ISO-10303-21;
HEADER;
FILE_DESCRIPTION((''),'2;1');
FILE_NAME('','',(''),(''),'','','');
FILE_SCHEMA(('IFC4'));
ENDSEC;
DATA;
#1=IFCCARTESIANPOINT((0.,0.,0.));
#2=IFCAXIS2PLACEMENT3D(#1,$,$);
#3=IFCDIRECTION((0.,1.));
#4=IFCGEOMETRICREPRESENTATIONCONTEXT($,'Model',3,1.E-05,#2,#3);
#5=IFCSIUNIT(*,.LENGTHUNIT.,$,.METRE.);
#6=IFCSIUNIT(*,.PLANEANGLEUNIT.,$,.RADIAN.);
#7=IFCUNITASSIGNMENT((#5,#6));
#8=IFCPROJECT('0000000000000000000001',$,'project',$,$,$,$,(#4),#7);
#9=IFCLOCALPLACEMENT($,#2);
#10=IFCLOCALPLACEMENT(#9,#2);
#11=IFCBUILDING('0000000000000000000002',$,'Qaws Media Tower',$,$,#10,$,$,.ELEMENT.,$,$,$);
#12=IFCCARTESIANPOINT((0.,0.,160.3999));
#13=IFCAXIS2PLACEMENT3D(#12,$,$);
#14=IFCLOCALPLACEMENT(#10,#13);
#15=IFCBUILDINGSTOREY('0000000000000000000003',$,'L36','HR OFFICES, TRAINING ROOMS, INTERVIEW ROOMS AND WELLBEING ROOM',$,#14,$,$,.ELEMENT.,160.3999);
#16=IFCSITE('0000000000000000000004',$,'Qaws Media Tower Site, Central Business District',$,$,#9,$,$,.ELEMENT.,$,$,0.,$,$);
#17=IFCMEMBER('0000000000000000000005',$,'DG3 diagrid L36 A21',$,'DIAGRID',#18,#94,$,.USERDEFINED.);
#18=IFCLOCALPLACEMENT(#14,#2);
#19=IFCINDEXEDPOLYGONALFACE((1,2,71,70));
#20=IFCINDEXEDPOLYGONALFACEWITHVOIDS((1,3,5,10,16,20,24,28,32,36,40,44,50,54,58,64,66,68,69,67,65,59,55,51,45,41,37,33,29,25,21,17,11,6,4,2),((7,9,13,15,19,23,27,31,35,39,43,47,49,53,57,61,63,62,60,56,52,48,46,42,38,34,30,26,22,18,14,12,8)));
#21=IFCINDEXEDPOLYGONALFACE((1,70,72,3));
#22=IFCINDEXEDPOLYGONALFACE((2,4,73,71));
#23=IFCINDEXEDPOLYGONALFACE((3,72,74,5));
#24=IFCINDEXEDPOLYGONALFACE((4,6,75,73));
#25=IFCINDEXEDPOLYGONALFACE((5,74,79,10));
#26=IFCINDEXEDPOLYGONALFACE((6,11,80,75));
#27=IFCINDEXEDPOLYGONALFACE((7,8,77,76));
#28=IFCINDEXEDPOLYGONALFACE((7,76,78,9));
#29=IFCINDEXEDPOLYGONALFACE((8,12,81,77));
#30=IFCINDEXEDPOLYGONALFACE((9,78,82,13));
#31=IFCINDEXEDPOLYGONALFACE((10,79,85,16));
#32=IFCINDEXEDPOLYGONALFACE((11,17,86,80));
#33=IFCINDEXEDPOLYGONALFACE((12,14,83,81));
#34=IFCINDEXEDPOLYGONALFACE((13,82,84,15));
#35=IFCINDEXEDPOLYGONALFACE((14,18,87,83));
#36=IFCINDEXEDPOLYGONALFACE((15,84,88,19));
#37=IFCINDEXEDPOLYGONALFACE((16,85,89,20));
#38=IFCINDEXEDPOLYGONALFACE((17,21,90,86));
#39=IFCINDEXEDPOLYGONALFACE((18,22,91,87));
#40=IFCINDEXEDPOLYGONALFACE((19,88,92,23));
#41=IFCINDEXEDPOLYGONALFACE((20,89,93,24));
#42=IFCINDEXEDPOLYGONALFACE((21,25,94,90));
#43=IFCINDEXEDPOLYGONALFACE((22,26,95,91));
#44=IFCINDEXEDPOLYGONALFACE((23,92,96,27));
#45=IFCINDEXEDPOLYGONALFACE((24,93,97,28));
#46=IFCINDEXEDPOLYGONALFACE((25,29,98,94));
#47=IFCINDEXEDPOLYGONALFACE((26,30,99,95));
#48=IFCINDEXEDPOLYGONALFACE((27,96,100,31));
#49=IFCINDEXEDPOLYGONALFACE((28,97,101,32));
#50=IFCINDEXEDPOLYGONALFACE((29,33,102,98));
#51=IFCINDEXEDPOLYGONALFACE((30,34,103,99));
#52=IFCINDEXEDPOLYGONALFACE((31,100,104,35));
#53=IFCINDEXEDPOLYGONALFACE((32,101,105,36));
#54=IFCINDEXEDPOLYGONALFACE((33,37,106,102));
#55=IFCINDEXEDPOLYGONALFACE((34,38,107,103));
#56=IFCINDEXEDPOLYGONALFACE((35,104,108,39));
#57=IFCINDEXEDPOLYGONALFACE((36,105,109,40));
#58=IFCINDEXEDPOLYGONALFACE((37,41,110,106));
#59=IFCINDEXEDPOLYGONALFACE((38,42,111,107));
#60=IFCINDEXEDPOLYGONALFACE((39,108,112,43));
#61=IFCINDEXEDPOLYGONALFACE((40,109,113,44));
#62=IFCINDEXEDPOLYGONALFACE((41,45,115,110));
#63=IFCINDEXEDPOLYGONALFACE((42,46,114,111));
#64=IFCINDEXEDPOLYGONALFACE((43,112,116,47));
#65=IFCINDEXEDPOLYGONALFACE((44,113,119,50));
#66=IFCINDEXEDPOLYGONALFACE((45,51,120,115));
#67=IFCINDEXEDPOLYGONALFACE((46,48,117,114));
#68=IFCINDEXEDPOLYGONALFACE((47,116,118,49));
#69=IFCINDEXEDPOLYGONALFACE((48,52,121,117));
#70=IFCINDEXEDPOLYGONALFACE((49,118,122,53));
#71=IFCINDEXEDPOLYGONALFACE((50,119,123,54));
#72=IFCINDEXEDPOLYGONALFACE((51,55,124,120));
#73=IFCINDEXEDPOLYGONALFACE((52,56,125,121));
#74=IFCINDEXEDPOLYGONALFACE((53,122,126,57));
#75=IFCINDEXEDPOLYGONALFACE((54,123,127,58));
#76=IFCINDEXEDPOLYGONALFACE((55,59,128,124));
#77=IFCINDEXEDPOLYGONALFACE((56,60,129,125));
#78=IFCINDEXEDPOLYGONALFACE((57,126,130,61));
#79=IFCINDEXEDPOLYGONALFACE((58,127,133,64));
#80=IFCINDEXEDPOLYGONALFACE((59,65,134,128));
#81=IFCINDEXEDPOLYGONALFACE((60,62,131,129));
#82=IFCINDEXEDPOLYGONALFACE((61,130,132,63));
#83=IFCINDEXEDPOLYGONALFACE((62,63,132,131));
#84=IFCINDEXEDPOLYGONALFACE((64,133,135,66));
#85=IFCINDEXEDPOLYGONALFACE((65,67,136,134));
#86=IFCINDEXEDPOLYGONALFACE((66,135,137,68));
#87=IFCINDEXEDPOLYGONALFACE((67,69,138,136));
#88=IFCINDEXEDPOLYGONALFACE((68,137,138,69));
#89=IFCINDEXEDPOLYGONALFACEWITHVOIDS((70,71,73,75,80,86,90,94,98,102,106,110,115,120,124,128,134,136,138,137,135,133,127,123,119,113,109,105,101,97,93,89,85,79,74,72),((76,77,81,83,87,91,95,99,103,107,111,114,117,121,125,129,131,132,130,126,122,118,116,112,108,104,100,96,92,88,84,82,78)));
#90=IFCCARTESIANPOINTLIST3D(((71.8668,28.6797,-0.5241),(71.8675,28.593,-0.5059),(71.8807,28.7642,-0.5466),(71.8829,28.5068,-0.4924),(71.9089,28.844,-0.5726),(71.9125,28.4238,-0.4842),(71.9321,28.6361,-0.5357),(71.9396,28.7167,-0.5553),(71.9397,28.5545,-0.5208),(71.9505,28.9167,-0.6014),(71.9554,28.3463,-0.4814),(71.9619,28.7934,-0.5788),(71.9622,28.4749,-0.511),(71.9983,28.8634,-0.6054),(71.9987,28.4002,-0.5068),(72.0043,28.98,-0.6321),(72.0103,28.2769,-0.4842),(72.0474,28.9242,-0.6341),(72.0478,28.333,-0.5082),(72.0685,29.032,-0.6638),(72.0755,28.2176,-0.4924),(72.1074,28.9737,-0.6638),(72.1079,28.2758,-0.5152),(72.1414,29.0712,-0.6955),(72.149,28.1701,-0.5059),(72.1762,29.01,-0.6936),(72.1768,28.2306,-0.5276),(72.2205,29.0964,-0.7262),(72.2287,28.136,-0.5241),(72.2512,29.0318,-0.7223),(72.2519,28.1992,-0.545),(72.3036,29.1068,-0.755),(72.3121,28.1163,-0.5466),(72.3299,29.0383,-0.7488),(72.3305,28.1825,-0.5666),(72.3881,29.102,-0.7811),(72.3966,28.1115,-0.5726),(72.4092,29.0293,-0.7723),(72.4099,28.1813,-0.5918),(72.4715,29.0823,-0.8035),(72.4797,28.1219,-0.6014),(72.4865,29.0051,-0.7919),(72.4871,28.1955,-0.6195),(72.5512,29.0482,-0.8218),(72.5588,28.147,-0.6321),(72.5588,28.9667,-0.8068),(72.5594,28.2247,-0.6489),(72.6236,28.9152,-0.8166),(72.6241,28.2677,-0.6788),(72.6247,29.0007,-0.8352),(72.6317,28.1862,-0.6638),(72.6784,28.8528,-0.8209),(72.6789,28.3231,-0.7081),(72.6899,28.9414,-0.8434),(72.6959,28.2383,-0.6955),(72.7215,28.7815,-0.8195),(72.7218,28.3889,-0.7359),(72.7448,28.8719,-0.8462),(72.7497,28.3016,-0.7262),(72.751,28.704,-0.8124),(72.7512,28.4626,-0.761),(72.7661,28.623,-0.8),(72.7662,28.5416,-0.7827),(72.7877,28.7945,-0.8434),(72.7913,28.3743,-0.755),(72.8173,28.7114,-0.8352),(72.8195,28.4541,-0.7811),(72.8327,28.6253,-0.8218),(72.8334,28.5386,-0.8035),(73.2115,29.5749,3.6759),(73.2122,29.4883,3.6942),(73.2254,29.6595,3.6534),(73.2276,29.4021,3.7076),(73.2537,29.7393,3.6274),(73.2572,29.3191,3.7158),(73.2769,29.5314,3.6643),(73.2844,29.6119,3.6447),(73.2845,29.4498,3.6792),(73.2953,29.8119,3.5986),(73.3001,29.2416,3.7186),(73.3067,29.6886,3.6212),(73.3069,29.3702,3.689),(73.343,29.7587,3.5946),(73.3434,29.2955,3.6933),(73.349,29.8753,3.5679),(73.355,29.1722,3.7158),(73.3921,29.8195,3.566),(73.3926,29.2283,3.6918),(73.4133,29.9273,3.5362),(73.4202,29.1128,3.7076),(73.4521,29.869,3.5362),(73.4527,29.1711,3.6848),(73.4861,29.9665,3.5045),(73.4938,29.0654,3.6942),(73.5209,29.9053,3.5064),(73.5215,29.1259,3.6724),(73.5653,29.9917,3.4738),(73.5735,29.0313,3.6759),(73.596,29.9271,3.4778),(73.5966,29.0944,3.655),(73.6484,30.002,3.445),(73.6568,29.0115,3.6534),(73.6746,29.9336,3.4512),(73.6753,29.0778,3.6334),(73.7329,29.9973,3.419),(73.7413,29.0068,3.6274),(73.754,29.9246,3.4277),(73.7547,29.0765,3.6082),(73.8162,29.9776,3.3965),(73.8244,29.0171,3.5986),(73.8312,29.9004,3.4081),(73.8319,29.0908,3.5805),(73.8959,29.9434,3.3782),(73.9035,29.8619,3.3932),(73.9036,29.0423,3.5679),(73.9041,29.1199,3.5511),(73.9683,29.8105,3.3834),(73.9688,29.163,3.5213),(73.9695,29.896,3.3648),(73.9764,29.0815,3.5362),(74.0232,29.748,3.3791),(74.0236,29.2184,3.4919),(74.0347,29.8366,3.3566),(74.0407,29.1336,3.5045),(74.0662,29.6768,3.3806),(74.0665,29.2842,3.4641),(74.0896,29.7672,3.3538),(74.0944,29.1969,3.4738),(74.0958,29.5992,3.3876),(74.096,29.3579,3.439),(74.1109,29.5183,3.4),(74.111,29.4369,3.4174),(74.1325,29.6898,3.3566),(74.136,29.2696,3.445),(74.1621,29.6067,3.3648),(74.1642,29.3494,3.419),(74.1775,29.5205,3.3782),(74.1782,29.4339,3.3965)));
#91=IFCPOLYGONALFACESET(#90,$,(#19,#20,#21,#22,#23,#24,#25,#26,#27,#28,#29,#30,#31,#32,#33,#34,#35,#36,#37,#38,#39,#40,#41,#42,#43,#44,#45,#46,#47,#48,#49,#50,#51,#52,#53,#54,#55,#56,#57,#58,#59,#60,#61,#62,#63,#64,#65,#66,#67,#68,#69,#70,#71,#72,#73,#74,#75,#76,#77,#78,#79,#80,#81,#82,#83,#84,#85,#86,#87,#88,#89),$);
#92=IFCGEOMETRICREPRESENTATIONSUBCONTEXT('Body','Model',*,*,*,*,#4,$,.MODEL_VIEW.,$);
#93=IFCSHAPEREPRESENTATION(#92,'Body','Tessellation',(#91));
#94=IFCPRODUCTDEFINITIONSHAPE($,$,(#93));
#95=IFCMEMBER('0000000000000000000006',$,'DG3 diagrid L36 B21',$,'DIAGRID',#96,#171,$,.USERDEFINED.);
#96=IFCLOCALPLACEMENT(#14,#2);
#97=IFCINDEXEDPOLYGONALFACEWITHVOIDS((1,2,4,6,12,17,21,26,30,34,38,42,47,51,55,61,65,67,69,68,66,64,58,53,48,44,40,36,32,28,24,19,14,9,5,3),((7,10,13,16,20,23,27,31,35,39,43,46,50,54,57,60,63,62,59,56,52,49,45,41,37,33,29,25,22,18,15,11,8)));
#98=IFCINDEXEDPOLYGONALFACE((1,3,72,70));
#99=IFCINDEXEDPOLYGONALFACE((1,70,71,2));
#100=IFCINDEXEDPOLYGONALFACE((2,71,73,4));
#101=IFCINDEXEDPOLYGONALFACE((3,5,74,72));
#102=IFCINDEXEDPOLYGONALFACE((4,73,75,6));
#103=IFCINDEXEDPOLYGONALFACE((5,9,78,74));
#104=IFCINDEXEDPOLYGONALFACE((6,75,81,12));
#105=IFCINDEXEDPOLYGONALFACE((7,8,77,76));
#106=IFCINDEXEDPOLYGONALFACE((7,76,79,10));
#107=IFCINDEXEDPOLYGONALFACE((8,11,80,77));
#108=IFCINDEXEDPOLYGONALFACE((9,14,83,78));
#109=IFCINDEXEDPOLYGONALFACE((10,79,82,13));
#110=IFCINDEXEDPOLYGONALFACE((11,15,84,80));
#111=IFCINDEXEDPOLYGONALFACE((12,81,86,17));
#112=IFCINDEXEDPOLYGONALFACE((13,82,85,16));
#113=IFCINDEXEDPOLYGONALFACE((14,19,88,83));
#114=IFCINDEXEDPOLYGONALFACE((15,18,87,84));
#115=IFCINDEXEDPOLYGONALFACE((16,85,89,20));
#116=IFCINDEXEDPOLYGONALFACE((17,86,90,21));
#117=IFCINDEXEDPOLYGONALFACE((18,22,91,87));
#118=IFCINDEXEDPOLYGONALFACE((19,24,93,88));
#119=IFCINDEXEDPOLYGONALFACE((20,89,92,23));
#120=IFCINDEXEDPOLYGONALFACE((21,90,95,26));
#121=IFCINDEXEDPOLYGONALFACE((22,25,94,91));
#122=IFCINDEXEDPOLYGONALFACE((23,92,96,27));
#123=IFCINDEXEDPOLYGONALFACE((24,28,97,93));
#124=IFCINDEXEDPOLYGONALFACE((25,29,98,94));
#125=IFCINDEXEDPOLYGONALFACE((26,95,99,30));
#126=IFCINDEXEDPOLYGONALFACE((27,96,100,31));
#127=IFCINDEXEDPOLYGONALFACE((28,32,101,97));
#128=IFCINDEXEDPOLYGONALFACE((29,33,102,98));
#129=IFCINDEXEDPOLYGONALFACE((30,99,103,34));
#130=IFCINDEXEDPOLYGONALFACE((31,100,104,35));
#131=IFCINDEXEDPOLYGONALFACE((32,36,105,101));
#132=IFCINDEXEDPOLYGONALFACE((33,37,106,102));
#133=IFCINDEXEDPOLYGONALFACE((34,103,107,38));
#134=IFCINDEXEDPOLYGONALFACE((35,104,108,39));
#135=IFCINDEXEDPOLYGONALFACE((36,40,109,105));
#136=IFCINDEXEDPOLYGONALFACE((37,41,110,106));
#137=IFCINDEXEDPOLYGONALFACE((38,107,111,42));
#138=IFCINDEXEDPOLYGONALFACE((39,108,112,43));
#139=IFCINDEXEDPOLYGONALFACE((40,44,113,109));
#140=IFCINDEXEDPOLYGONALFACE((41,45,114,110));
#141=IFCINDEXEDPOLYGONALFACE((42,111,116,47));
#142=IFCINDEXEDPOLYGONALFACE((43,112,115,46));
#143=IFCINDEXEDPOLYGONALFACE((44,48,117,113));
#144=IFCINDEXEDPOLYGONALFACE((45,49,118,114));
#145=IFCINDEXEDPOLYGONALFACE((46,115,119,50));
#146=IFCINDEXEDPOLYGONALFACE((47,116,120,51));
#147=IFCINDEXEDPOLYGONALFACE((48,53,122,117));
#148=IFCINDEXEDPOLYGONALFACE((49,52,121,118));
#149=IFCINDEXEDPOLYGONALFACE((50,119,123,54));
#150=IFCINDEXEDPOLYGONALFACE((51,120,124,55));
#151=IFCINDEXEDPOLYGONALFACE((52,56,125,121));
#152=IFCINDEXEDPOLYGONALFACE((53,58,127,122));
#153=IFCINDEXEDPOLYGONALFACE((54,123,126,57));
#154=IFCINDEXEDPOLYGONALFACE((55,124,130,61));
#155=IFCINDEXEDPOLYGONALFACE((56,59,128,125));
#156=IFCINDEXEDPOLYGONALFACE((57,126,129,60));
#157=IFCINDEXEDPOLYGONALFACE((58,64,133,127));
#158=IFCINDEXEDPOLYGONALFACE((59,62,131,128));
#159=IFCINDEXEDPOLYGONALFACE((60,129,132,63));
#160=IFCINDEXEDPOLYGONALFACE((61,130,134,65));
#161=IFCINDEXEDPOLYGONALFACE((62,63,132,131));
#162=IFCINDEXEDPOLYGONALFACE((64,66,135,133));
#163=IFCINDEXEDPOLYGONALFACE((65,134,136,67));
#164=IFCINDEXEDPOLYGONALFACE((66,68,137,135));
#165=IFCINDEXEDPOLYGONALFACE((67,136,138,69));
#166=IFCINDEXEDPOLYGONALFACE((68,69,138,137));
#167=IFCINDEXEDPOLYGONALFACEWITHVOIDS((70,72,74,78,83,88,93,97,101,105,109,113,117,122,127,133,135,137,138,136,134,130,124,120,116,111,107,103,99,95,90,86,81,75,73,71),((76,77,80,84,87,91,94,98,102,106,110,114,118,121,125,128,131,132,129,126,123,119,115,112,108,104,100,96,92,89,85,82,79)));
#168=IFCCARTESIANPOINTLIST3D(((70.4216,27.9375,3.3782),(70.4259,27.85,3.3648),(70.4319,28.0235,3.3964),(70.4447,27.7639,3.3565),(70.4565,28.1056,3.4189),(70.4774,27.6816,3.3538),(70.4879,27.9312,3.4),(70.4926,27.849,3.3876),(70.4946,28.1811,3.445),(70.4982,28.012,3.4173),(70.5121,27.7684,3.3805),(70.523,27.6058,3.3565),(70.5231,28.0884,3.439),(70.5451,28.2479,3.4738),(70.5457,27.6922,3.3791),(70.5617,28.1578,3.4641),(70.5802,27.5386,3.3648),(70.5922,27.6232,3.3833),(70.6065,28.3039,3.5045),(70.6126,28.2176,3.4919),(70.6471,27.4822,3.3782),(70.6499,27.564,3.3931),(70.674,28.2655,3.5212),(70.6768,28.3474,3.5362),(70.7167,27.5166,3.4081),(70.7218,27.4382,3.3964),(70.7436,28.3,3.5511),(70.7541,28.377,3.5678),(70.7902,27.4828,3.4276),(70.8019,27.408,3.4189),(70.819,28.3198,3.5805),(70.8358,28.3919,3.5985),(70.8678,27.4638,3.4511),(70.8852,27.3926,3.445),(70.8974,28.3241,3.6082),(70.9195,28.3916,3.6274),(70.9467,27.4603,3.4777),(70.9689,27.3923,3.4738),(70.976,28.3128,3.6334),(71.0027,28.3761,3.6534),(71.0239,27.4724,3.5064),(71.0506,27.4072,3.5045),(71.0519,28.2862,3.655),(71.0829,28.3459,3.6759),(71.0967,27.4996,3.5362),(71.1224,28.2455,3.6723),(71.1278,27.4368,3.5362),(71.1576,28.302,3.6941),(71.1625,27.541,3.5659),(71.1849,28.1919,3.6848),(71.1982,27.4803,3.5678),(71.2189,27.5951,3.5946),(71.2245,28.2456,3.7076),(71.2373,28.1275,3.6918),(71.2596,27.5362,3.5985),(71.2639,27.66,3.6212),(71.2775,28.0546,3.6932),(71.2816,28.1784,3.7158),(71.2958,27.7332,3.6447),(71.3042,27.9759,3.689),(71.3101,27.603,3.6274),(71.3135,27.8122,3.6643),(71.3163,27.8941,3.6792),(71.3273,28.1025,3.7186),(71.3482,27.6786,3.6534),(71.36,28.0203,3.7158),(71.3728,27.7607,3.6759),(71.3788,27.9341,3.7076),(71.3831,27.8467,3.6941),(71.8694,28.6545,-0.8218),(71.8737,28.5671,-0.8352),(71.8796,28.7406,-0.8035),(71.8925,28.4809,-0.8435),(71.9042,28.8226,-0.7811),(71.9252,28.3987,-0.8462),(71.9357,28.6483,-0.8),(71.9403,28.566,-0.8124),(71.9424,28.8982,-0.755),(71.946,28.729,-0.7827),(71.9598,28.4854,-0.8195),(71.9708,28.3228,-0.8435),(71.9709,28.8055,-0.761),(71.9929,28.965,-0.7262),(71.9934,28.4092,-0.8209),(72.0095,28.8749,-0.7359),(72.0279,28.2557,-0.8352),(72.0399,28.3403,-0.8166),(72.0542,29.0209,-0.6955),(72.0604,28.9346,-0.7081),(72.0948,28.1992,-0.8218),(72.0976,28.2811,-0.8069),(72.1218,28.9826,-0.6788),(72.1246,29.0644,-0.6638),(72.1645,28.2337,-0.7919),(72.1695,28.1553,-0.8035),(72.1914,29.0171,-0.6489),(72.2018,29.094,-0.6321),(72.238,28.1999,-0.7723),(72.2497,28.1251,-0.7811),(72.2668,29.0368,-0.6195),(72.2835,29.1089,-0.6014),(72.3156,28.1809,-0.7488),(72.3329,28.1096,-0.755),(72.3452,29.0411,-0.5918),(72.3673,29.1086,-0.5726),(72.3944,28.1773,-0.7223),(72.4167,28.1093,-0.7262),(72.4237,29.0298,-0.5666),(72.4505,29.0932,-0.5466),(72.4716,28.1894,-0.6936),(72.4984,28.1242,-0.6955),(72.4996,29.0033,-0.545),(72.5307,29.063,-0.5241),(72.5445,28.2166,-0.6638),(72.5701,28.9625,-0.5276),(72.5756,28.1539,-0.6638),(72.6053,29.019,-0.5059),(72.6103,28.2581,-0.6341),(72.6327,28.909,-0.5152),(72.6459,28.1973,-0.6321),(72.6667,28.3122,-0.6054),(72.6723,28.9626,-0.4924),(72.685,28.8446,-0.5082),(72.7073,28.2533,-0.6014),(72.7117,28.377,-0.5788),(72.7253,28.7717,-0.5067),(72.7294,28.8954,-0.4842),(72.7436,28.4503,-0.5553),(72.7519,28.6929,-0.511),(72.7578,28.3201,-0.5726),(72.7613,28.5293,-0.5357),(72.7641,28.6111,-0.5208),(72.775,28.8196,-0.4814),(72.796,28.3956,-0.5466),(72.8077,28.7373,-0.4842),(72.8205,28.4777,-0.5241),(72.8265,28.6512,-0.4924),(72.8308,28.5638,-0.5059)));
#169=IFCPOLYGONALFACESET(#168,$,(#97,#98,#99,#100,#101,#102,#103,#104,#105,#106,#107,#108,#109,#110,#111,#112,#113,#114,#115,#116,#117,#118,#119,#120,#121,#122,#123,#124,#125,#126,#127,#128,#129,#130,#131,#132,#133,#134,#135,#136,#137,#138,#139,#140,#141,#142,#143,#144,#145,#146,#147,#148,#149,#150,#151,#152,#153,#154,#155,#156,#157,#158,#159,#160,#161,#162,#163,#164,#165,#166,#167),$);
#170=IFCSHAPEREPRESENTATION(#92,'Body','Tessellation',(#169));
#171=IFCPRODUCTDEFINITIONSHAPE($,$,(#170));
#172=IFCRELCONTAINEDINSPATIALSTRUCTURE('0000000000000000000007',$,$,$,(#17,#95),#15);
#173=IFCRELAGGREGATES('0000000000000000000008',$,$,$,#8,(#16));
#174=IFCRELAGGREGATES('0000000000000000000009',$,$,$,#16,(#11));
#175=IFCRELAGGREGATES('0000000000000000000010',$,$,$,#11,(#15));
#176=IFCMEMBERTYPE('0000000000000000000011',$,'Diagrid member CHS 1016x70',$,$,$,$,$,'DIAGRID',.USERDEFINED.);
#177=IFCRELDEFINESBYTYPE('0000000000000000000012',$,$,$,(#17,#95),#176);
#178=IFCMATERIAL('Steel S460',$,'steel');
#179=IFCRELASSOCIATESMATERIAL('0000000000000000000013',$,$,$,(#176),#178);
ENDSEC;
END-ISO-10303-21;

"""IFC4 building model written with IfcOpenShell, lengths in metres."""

from ifc_helpers import new_model, si_unit, direction, frame, origin, origin_2d, place, context, subcontext, project, spatial, hollow_circle, extrude, material, material_profile, profile_set, type_object, element, save


model = new_model("IFC4")

# Units and contexts
model_context = context("Model", 3, precision=1e-05, world=origin(), true_north=direction((0.0, 1.0)))
body_context = subcontext(model_context, "Body", "Model", "MODEL_VIEW")
ifc_project = project(units=[si_unit("LENGTHUNIT", "METRE"), si_unit("PLANEANGLEUNIT", "RADIAN")], contexts=[model_context])

# Site, building, storey
site_placement = place(None, origin())
site = spatial("IfcSite", under=ifc_project, at=site_placement, Name="Qaws Media Tower Site, Central Business District", CompositionType="ELEMENT", RefElevation=0.0)
building_placement = place(site_placement, origin())
building = spatial("IfcBuilding", under=site, at=building_placement, Name="Qaws Media Tower", CompositionType="ELEMENT")
storey_placement = place(building_placement, frame((0.0, 0.0, 160.3999)))
storey = spatial("IfcBuildingStorey", under=building, at=storey_placement, Name="L36", Description="HR OFFICES, TRAINING ROOMS, INTERVIEW ROOMS AND WELLBEING ROOM", CompositionType="ELEMENT", Elevation=160.3999)

# Members
ifc_material_1 = material(Name="Steel S460", Category="steel")
ifc_material_profile_1 = material_profile(ifc_material_1, hollow_circle(Radius=0.5081, WallThickness=0.0701, at=origin_2d()), Name="CHS 1016x70")
ifc_profile_set_1 = profile_set([ifc_material_profile_1], Name="Steel S460")
member_type_1 = type_object("IfcMemberType", Name="Diagrid member CHS 1016x70", ElementType="DIAGRID", PredefinedType="USERDEFINED", material=ifc_profile_set_1)
for number, where, z_axis, x_axis, name in (
    (1, (72.3501, 28.6091, -0.6638), (0.298833, 0.198951, 0.933337), (-0.554177, 0.832399, 0.0), "DG3 diagrid L36 A21"),
    (2, (72.3501, 28.6091, -0.6638), (-0.321725, -0.159344, 0.933329), (0.443825, -0.896113, 0.0), "DG3 diagrid L36 B21"),
):
    element("IfcMember", number, at=place(storey_placement, frame(where, z_axis=z_axis, x_axis=x_axis)), inside=storey, type_object=member_type_1, Name=name, ObjectType="DIAGRID", PredefinedType="USERDEFINED", context=body_context, shape_type="SweptSolid", body=[
        extrude(hollow_circle(Radius=0.5081, WallThickness=0.0701, at=origin_2d()), origin(), (0.0, 0.0, 1.0), 4.5),
    ])

save(model, "model.ifc")
